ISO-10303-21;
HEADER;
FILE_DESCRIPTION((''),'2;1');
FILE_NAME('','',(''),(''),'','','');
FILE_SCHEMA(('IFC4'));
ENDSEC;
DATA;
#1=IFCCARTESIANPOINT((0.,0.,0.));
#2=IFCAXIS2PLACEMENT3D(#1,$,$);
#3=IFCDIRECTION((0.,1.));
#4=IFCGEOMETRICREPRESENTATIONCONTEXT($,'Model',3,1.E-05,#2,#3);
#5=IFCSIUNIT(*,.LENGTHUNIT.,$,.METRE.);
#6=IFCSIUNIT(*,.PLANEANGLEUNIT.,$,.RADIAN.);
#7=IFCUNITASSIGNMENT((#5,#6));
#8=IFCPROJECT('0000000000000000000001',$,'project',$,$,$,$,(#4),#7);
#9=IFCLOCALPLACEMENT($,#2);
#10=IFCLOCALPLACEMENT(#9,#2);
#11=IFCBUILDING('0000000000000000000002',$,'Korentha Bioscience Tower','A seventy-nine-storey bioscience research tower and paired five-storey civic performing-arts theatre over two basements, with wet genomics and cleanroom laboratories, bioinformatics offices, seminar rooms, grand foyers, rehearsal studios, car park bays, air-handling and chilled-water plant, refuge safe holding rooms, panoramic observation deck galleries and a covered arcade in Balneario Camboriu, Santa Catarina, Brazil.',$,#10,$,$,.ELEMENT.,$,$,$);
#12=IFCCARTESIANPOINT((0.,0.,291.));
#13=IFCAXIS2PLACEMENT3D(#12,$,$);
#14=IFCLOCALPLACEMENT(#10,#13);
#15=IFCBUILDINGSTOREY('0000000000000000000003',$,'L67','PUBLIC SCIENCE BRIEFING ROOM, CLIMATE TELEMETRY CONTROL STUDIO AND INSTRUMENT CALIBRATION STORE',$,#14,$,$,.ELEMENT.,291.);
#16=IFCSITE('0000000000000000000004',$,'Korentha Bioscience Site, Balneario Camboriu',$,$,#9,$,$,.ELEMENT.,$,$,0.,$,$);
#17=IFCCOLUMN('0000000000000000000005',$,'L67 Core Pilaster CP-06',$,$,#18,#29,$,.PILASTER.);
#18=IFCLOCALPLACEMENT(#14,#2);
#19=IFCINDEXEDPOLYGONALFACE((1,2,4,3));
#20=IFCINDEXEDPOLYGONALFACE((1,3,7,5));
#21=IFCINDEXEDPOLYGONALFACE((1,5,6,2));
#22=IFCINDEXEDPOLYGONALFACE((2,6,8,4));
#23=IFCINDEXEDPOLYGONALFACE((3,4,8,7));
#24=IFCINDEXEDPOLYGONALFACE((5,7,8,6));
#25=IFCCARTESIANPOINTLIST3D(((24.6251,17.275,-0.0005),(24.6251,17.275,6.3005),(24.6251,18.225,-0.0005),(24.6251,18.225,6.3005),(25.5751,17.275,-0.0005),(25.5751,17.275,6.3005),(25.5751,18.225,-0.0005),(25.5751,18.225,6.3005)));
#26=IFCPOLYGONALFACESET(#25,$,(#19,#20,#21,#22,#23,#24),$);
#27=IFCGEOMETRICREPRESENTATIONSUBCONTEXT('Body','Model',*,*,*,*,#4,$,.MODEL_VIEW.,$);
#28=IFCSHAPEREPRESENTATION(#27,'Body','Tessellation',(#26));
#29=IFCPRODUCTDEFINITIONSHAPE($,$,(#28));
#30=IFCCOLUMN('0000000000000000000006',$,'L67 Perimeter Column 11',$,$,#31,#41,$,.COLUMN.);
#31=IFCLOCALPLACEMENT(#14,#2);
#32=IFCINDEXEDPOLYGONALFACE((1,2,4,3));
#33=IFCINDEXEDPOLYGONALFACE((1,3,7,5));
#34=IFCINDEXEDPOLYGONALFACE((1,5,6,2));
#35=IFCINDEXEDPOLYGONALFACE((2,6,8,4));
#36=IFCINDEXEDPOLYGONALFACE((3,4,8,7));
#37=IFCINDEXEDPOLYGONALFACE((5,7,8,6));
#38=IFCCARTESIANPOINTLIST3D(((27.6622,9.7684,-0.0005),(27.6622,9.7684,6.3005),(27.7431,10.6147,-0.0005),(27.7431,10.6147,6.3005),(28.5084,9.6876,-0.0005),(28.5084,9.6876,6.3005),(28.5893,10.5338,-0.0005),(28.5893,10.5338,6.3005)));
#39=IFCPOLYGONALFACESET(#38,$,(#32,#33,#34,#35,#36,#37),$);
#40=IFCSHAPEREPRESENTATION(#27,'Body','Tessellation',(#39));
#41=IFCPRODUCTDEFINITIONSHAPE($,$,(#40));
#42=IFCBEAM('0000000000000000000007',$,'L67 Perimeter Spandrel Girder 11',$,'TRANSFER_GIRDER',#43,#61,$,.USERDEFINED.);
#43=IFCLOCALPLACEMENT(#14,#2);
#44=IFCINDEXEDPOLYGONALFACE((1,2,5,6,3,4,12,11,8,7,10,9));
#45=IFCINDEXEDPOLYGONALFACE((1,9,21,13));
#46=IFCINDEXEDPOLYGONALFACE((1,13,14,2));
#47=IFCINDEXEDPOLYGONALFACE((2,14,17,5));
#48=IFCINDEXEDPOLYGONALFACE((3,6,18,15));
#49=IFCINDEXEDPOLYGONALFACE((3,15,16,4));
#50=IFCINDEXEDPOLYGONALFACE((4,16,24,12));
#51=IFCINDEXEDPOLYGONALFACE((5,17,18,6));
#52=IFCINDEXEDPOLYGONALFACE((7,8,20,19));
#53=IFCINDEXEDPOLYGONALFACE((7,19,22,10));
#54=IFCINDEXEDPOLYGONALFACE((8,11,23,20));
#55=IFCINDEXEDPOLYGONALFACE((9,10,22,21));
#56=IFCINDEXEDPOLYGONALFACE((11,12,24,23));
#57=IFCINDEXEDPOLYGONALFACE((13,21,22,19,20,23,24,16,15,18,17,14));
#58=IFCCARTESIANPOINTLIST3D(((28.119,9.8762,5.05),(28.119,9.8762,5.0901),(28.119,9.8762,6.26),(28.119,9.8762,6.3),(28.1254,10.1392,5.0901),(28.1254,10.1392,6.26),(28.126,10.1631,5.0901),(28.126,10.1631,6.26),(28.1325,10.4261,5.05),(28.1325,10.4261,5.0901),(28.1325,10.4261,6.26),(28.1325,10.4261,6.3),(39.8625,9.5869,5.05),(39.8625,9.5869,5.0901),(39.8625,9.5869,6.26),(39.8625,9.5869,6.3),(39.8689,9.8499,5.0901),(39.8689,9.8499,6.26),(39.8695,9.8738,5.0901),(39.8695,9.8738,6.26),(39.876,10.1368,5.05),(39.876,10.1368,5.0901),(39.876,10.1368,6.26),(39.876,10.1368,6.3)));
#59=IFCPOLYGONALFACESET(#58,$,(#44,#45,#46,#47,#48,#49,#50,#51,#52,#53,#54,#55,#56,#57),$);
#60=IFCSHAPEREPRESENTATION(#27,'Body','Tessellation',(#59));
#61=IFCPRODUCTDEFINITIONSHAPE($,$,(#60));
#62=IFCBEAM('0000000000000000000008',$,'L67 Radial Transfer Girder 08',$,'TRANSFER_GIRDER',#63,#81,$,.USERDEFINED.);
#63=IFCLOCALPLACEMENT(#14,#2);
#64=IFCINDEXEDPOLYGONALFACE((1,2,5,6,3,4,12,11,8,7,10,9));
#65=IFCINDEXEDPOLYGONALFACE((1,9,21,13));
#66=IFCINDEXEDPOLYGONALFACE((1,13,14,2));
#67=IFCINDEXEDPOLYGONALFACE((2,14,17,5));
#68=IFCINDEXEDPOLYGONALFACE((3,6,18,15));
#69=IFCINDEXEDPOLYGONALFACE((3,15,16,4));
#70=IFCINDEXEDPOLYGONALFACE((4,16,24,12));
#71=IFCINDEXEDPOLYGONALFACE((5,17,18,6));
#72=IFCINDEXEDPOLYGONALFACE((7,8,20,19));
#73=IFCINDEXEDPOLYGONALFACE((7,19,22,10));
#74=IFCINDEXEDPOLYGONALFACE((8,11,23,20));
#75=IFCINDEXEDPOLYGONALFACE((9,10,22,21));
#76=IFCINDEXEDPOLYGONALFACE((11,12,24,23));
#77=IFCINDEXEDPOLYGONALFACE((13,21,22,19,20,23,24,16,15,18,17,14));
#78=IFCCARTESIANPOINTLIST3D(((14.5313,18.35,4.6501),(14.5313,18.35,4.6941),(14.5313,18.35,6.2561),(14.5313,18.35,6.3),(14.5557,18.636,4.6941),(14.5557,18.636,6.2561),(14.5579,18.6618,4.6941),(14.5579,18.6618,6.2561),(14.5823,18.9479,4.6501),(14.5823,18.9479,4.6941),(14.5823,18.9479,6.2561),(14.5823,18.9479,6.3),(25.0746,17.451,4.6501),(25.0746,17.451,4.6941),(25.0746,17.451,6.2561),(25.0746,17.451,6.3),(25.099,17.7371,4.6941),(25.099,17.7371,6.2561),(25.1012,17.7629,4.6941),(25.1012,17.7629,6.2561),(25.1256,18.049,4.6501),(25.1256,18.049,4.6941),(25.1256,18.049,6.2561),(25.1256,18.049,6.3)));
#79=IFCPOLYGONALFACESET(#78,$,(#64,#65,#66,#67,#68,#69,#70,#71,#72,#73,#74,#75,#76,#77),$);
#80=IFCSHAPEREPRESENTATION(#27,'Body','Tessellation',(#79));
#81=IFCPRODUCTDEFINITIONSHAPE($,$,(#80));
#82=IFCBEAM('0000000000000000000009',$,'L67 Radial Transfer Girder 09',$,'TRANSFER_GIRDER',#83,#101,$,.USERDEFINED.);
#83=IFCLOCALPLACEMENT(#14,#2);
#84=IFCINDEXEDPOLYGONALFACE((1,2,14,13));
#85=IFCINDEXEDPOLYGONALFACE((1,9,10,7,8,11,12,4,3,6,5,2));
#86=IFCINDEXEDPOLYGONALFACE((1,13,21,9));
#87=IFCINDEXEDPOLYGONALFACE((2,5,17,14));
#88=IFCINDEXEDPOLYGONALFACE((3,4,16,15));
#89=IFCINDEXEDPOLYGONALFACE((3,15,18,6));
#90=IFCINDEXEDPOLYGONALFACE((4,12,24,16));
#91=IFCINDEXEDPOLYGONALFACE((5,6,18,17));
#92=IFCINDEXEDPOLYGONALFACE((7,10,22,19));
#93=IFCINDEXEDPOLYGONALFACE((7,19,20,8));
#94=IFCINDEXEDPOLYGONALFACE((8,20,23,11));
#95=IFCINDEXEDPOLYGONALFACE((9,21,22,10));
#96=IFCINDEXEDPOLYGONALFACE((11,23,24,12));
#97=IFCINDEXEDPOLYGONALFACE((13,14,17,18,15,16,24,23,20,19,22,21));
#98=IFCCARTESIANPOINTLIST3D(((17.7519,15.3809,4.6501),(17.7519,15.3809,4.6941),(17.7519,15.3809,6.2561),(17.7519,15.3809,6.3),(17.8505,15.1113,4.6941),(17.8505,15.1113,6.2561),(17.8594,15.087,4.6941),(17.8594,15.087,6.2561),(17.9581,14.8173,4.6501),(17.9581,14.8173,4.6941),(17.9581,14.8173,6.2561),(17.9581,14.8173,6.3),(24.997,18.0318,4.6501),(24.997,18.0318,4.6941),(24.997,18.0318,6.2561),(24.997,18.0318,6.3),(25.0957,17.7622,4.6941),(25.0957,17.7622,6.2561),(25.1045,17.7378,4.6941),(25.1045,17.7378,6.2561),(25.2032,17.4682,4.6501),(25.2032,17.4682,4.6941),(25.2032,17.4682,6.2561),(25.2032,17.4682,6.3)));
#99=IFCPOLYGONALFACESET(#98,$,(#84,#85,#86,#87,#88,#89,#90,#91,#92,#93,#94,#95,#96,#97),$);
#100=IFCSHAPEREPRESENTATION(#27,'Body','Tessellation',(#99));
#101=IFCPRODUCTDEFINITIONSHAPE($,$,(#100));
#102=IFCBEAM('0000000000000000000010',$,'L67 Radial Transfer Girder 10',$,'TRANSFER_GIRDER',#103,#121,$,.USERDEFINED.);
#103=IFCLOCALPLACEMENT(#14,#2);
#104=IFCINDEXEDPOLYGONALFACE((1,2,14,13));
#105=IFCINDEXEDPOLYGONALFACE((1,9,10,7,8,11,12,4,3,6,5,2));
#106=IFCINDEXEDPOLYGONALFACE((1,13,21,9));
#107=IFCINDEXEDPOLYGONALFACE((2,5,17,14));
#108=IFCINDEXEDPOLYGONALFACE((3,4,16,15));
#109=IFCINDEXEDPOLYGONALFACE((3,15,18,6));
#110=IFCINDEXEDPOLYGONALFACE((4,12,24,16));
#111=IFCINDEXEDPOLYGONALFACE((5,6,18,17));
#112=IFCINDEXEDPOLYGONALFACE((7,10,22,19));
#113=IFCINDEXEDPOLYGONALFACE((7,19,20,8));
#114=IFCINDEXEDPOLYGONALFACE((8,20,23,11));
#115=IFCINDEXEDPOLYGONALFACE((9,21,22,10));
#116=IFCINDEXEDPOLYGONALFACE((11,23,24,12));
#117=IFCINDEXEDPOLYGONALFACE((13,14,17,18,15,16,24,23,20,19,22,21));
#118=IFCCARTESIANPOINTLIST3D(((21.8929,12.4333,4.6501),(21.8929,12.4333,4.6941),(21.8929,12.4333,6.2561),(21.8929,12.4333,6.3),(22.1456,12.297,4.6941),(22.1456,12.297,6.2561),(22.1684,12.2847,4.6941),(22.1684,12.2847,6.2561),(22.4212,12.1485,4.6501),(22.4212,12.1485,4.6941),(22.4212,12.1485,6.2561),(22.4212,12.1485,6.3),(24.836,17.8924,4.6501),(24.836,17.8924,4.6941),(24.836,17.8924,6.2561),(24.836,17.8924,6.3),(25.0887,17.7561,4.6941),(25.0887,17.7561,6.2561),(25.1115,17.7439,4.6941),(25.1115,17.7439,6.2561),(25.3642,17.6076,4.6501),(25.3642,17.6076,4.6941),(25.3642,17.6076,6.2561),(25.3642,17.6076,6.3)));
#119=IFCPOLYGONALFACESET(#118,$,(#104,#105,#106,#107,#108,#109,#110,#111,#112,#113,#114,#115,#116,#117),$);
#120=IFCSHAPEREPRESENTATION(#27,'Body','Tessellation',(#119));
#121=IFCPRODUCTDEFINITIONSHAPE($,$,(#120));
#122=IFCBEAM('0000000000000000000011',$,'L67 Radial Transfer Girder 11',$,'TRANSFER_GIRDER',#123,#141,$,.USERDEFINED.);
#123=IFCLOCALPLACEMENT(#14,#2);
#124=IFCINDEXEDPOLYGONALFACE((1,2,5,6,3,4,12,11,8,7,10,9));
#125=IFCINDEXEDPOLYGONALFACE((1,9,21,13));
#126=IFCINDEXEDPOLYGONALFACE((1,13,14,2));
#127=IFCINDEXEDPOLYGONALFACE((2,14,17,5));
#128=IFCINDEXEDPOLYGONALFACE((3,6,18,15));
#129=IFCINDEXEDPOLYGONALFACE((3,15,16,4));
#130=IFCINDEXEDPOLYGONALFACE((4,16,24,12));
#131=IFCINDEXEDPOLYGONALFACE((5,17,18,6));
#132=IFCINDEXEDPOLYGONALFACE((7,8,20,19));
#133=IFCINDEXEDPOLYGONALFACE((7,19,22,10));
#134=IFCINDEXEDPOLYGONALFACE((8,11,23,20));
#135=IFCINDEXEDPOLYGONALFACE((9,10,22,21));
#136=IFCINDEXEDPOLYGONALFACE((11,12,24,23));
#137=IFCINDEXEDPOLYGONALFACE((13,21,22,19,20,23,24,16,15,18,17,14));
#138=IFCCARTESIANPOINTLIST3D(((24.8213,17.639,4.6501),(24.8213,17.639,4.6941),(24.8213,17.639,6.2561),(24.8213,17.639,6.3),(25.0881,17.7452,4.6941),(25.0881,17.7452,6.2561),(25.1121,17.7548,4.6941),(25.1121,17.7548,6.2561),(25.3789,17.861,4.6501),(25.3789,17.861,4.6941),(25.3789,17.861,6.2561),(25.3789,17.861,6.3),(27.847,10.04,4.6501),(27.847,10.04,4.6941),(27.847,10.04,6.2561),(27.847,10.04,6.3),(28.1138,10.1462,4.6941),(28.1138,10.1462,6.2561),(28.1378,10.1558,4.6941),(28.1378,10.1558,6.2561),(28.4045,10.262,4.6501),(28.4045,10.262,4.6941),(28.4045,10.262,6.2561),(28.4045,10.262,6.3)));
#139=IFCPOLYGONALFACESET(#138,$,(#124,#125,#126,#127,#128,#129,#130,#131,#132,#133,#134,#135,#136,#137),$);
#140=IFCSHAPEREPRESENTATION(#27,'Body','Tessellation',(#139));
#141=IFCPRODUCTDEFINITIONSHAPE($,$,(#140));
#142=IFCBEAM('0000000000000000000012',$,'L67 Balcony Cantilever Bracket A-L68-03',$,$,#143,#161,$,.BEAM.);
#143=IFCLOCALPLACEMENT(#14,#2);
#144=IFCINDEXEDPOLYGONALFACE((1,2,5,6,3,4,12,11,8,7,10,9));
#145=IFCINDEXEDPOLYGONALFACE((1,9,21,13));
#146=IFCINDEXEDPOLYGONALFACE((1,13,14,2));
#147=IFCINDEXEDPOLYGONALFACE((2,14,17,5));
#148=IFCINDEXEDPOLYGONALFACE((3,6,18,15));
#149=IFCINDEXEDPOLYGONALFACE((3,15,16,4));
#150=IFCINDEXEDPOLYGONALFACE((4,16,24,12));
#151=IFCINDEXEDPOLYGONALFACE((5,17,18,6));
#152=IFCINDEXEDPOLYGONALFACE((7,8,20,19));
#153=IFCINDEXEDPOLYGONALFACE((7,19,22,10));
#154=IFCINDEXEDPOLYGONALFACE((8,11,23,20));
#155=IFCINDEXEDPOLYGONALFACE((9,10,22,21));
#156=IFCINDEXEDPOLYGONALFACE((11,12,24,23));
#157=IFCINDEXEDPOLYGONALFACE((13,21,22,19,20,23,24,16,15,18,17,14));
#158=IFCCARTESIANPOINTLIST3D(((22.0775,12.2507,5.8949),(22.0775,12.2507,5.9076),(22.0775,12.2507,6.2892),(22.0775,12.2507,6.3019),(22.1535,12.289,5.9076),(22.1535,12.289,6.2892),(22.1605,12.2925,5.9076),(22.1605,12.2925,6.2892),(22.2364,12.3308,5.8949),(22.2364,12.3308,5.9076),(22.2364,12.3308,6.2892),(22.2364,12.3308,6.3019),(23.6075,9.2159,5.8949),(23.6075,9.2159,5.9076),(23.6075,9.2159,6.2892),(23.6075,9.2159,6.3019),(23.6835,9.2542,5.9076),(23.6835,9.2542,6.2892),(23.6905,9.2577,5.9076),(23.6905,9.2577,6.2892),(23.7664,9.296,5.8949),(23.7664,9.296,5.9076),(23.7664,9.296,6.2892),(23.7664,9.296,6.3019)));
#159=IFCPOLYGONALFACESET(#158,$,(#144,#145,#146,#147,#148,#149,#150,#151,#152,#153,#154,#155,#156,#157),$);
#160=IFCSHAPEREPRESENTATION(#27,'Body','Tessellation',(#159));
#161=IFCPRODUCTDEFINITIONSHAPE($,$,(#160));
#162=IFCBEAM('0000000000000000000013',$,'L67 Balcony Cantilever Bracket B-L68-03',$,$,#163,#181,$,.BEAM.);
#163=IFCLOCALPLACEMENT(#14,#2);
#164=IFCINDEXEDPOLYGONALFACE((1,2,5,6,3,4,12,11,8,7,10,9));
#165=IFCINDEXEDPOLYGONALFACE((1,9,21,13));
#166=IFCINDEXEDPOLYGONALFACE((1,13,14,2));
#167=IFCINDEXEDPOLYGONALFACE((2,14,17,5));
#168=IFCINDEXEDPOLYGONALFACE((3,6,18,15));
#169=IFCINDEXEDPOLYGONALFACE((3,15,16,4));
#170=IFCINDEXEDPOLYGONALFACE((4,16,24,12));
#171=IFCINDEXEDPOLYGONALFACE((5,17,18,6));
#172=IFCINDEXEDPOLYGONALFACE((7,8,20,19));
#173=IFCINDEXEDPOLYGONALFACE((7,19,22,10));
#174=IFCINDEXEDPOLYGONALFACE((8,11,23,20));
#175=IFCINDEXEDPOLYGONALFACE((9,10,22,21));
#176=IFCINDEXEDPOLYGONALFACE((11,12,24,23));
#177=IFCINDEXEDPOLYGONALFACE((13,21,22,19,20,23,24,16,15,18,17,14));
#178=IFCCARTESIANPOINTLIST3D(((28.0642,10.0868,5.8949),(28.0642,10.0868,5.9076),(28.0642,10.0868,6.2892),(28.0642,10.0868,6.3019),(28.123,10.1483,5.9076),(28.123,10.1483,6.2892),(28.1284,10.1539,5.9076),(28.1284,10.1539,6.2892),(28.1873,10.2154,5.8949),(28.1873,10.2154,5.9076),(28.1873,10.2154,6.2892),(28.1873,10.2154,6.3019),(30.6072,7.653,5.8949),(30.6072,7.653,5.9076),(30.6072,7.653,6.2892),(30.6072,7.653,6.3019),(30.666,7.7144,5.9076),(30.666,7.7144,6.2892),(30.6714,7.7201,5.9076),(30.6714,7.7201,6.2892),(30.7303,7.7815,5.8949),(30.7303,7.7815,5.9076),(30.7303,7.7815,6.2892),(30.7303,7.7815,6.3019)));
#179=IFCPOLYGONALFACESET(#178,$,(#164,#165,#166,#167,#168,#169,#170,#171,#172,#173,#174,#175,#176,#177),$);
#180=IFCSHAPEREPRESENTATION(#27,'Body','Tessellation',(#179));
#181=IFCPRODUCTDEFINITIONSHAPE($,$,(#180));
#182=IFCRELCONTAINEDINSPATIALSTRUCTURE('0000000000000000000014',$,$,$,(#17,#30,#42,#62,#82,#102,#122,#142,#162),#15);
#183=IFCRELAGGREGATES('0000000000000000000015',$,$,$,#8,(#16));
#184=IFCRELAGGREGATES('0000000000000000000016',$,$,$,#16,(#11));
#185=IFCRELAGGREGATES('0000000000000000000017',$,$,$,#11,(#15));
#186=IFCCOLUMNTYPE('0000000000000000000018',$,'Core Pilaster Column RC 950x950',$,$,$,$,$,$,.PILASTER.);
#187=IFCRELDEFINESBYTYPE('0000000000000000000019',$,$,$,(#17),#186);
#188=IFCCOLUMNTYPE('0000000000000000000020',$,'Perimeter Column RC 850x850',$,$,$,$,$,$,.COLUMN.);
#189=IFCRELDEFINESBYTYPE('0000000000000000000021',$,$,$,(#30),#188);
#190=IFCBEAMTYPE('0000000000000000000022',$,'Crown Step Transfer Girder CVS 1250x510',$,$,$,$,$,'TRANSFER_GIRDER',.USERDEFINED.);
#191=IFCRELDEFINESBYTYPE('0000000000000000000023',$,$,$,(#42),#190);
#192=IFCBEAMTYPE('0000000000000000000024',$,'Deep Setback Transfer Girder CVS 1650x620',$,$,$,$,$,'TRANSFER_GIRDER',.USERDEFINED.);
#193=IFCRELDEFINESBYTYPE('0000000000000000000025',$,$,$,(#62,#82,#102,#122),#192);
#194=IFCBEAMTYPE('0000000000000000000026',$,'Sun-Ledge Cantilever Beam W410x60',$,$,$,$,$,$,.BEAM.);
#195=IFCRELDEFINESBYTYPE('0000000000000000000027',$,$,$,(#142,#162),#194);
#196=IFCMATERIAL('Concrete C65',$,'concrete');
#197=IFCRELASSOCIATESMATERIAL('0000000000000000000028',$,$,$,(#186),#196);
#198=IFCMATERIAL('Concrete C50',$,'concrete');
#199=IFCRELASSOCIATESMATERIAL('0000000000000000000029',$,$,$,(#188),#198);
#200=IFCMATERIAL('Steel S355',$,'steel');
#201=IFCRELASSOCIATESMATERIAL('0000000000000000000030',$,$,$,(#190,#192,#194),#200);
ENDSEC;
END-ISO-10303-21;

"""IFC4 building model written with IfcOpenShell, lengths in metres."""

from ifc_helpers import new_model, si_unit, direction, frame, origin, origin_2d, place, context, subcontext, project, spatial, rectangle, i_section, extrude, material, material_profile, profile_set, type_object, element, save


model = new_model("IFC4")

# Units and contexts
model_context = context("Model", 3, precision=1e-05, world=origin(), true_north=direction((0.0, 1.0)))
body_context = subcontext(model_context, "Body", "Model", "MODEL_VIEW")
ifc_project = project(units=[si_unit("LENGTHUNIT", "METRE"), si_unit("PLANEANGLEUNIT", "RADIAN")], contexts=[model_context])

# Site, building, storey
site_placement = place(None, origin())
site = spatial("IfcSite", under=ifc_project, at=site_placement, Name="Korentha Bioscience Site, Balneario Camboriu", CompositionType="ELEMENT", RefElevation=0.0)
building_placement = place(site_placement, origin())
building = spatial("IfcBuilding", under=site, at=building_placement, Name="Korentha Bioscience Tower", Description="A seventy-nine-storey bioscience research tower and paired five-storey civic performing-arts theatre over two basements, with wet genomics and cleanroom laboratories, bioinformatics offices, seminar rooms, grand foyers, rehearsal studios, car park bays, air-handling and chilled-water plant, refuge safe holding rooms, panoramic observation deck galleries and a covered arcade in Balneario Camboriu, Santa Catarina, Brazil.", CompositionType="ELEMENT")
storey_placement = place(building_placement, frame((0.0, 0.0, 291.0)))
storey = spatial("IfcBuildingStorey", under=building, at=storey_placement, Name="L67", Description="PUBLIC SCIENCE BRIEFING ROOM, CLIMATE TELEMETRY CONTROL STUDIO AND INSTRUMENT CALIBRATION STORE", CompositionType="ELEMENT", Elevation=291.0)

# Columns
ifc_material_1 = material(Name="Concrete C65", Category="concrete")
ifc_material_profile_1 = material_profile(ifc_material_1, rectangle(XDim=0.95, YDim=0.95, at=origin_2d()), Name="Concrete C65")
ifc_profile_set_1 = profile_set([ifc_material_profile_1], Name="Concrete C65 (COL-CP09)")
column_type_1 = type_object("IfcColumnType", Name="Core Pilaster Column RC 950x950", PredefinedType="PILASTER", material=ifc_profile_set_1)
column_1_placement = place(storey_placement, frame((25.1001, 17.75, -0.0005), z_axis=(0.0, 0.0, 1.0), x_axis=(1.0, 0.0, 0.0)))
element("IfcColumn", 1, at=column_1_placement, inside=storey, type_object=column_type_1, Name="L67 Core Pilaster CP-06", PredefinedType="PILASTER", context=body_context, shape_type="SweptSolid", body=[
    extrude(rectangle(XDim=0.95, YDim=0.95, at=origin_2d()), origin(), (0.0, 0.0, 1.0), 6.301),
])
ifc_material_2 = material(Name="Concrete C50", Category="concrete")
ifc_material_profile_2 = material_profile(ifc_material_2, rectangle(XDim=0.8501, YDim=0.8501, at=origin_2d()), Name="Concrete C50")
ifc_profile_set_2 = profile_set([ifc_material_profile_2], Name="Concrete C50 (COL-P08)")
column_type_2 = type_object("IfcColumnType", Name="Perimeter Column RC 850x850", PredefinedType="COLUMN", material=ifc_profile_set_2)
column_2_placement = place(storey_placement, frame((28.1257, 10.1511, -0.0005), z_axis=(0.0, 0.0, 1.0), x_axis=(-0.995463, 0.095151, 0.0)))
element("IfcColumn", 2, at=column_2_placement, inside=storey, type_object=column_type_2, Name="L67 Perimeter Column 11", PredefinedType="COLUMN", context=body_context, shape_type="SweptSolid", body=[
    extrude(rectangle(XDim=0.8501, YDim=0.8501, at=origin_2d()), origin(), (0.0, 0.0, 1.0), 6.301),
])

# Beams
ifc_material_3 = material(Name="Steel S355", Category="steel")
ifc_material_profile_3 = material_profile(ifc_material_3, i_section(OverallWidth=0.55, OverallDepth=1.25, WebThickness=0.0239, FlangeThickness=0.04, at=origin_2d()), Name="Steel S355")
ifc_profile_set_3 = profile_set([ifc_material_profile_3], Name="Steel S355 (TG-03)")
beam_type_1 = type_object("IfcBeamType", Name="Crown Step Transfer Girder CVS 1250x510", ElementType="TRANSFER_GIRDER", PredefinedType="USERDEFINED", material=ifc_profile_set_3)
beam_1_placement = place(storey_placement, frame((28.1257, 10.1511, 5.675), z_axis=(0.999697, -0.024628, 0.0), x_axis=(0.024628, 0.999697, 0.0)))
element("IfcBeam", 3, at=beam_1_placement, inside=storey, type_object=beam_type_1, Name="L67 Perimeter Spandrel Girder 11", ObjectType="TRANSFER_GIRDER", PredefinedType="USERDEFINED", context=body_context, shape_type="SweptSolid", body=[
    extrude(i_section(OverallWidth=0.55, OverallDepth=1.25, WebThickness=0.0239, FlangeThickness=0.04, at=origin_2d()), origin(), (0.0, 0.0, 1.0), 11.7471),
])
ifc_material_profile_4 = material_profile(ifc_material_3, i_section(OverallWidth=0.6001, OverallDepth=1.6499, WebThickness=0.0259, FlangeThickness=0.0439, at=origin_2d()), Name="Steel S355")
ifc_profile_set_4 = profile_set([ifc_material_profile_4], Name="Steel S355 (TG-04)")
beam_type_2 = type_object("IfcBeamType", Name="Deep Setback Transfer Girder CVS 1650x620", ElementType="TRANSFER_GIRDER", PredefinedType="USERDEFINED", material=ifc_profile_set_4)
beam_2_placement = place(storey_placement, frame((25.1001, 17.75, 5.4751), z_axis=(-0.996385, 0.084953, 0.0), x_axis=(-0.084953, -0.996385, 0.0)))
element("IfcBeam", 4, at=beam_2_placement, inside=storey, type_object=beam_type_2, Name="L67 Radial Transfer Girder 08", ObjectType="TRANSFER_GIRDER", PredefinedType="USERDEFINED", context=body_context, shape_type="SweptSolid", body=[
    extrude(i_section(OverallWidth=0.6001, OverallDepth=1.6499, WebThickness=0.0259, FlangeThickness=0.0439, at=origin_2d()), origin(), (0.0, 0.0, 1.0), 10.5815),
])
beam_3_placement = place(storey_placement, frame((25.1001, 17.75, 5.4751), z_axis=(-0.939113, -0.343607, 0.0), x_axis=(0.343607, -0.939113, 0.0)))
element("IfcBeam", 5, at=beam_3_placement, inside=storey, type_object=beam_type_2, Name="L67 Radial Transfer Girder 09", ObjectType="TRANSFER_GIRDER", PredefinedType="USERDEFINED", context=body_context, shape_type="SweptSolid", body=[
    extrude(i_section(OverallWidth=0.6001, OverallDepth=1.6499, WebThickness=0.0259, FlangeThickness=0.0439, at=origin_2d()), origin(), (0.0, 0.0, 1.0), 7.7148),
])
beam_4_placement = place(storey_placement, frame((25.1001, 17.75, 5.4751), z_axis=(-0.474541, -0.880233, 0.0), x_axis=(0.880233, -0.474541, 0.0)))
element("IfcBeam", 6, at=beam_4_placement, inside=storey, type_object=beam_type_2, Name="L67 Radial Transfer Girder 10", ObjectType="TRANSFER_GIRDER", PredefinedType="USERDEFINED", context=body_context, shape_type="SweptSolid", body=[
    extrude(i_section(OverallWidth=0.6001, OverallDepth=1.6499, WebThickness=0.0259, FlangeThickness=0.0439, at=origin_2d()), origin(), (0.0, 0.0, 1.0), 6.2019),
])
beam_5_placement = place(storey_placement, frame((25.1001, 17.75, 5.4751), z_axis=(0.369923, -0.929062, 0.0), x_axis=(0.929062, 0.369923, 0.0)))
element("IfcBeam", 7, at=beam_5_placement, inside=storey, type_object=beam_type_2, Name="L67 Radial Transfer Girder 11", ObjectType="TRANSFER_GIRDER", PredefinedType="USERDEFINED", context=body_context, shape_type="SweptSolid", body=[
    extrude(i_section(OverallWidth=0.6001, OverallDepth=1.6499, WebThickness=0.0259, FlangeThickness=0.0439, at=origin_2d()), origin(), (0.0, 0.0, 1.0), 8.1792),
])
ifc_material_profile_5 = material_profile(ifc_material_3, i_section(OverallWidth=0.178, OverallDepth=0.407, WebThickness=0.0078, FlangeThickness=0.0127, at=origin_2d()), Name="Steel S355")
ifc_profile_set_5 = profile_set([ifc_material_profile_5], Name="Steel S355 (CB-410)")
beam_type_3 = type_object("IfcBeamType", Name="Sun-Ledge Cantilever Beam W410x60", PredefinedType="BEAM", material=ifc_profile_set_5)
beam_6_placement = place(storey_placement, frame((22.157, 12.2908, 6.0984), z_axis=(0.450171, -0.892943, 0.0), x_axis=(0.892943, 0.450171, 0.0)))
element("IfcBeam", 8, at=beam_6_placement, inside=storey, type_object=beam_type_3, Name="L67 Balcony Cantilever Bracket A-L68-03", PredefinedType="BEAM", context=body_context, shape_type="SweptSolid", body=[
    extrude(i_section(OverallWidth=0.178, OverallDepth=0.407, WebThickness=0.0078, FlangeThickness=0.0127, at=origin_2d()), origin(), (0.0, 0.0, 1.0), 3.3987),
])
beam_7_placement = place(storey_placement, frame((28.1257, 10.1511, 6.0984), z_axis=(0.722438, -0.691435, 0.0), x_axis=(0.691435, 0.722438, 0.0)))
element("IfcBeam", 9, at=beam_7_placement, inside=storey, type_object=beam_type_3, Name="L67 Balcony Cantilever Bracket B-L68-03", PredefinedType="BEAM", context=body_context, shape_type="SweptSolid", body=[
    extrude(i_section(OverallWidth=0.178, OverallDepth=0.407, WebThickness=0.0078, FlangeThickness=0.0127, at=origin_2d()), origin(), (0.0, 0.0, 1.0), 3.52),
])

save(model, "model.ifc")
